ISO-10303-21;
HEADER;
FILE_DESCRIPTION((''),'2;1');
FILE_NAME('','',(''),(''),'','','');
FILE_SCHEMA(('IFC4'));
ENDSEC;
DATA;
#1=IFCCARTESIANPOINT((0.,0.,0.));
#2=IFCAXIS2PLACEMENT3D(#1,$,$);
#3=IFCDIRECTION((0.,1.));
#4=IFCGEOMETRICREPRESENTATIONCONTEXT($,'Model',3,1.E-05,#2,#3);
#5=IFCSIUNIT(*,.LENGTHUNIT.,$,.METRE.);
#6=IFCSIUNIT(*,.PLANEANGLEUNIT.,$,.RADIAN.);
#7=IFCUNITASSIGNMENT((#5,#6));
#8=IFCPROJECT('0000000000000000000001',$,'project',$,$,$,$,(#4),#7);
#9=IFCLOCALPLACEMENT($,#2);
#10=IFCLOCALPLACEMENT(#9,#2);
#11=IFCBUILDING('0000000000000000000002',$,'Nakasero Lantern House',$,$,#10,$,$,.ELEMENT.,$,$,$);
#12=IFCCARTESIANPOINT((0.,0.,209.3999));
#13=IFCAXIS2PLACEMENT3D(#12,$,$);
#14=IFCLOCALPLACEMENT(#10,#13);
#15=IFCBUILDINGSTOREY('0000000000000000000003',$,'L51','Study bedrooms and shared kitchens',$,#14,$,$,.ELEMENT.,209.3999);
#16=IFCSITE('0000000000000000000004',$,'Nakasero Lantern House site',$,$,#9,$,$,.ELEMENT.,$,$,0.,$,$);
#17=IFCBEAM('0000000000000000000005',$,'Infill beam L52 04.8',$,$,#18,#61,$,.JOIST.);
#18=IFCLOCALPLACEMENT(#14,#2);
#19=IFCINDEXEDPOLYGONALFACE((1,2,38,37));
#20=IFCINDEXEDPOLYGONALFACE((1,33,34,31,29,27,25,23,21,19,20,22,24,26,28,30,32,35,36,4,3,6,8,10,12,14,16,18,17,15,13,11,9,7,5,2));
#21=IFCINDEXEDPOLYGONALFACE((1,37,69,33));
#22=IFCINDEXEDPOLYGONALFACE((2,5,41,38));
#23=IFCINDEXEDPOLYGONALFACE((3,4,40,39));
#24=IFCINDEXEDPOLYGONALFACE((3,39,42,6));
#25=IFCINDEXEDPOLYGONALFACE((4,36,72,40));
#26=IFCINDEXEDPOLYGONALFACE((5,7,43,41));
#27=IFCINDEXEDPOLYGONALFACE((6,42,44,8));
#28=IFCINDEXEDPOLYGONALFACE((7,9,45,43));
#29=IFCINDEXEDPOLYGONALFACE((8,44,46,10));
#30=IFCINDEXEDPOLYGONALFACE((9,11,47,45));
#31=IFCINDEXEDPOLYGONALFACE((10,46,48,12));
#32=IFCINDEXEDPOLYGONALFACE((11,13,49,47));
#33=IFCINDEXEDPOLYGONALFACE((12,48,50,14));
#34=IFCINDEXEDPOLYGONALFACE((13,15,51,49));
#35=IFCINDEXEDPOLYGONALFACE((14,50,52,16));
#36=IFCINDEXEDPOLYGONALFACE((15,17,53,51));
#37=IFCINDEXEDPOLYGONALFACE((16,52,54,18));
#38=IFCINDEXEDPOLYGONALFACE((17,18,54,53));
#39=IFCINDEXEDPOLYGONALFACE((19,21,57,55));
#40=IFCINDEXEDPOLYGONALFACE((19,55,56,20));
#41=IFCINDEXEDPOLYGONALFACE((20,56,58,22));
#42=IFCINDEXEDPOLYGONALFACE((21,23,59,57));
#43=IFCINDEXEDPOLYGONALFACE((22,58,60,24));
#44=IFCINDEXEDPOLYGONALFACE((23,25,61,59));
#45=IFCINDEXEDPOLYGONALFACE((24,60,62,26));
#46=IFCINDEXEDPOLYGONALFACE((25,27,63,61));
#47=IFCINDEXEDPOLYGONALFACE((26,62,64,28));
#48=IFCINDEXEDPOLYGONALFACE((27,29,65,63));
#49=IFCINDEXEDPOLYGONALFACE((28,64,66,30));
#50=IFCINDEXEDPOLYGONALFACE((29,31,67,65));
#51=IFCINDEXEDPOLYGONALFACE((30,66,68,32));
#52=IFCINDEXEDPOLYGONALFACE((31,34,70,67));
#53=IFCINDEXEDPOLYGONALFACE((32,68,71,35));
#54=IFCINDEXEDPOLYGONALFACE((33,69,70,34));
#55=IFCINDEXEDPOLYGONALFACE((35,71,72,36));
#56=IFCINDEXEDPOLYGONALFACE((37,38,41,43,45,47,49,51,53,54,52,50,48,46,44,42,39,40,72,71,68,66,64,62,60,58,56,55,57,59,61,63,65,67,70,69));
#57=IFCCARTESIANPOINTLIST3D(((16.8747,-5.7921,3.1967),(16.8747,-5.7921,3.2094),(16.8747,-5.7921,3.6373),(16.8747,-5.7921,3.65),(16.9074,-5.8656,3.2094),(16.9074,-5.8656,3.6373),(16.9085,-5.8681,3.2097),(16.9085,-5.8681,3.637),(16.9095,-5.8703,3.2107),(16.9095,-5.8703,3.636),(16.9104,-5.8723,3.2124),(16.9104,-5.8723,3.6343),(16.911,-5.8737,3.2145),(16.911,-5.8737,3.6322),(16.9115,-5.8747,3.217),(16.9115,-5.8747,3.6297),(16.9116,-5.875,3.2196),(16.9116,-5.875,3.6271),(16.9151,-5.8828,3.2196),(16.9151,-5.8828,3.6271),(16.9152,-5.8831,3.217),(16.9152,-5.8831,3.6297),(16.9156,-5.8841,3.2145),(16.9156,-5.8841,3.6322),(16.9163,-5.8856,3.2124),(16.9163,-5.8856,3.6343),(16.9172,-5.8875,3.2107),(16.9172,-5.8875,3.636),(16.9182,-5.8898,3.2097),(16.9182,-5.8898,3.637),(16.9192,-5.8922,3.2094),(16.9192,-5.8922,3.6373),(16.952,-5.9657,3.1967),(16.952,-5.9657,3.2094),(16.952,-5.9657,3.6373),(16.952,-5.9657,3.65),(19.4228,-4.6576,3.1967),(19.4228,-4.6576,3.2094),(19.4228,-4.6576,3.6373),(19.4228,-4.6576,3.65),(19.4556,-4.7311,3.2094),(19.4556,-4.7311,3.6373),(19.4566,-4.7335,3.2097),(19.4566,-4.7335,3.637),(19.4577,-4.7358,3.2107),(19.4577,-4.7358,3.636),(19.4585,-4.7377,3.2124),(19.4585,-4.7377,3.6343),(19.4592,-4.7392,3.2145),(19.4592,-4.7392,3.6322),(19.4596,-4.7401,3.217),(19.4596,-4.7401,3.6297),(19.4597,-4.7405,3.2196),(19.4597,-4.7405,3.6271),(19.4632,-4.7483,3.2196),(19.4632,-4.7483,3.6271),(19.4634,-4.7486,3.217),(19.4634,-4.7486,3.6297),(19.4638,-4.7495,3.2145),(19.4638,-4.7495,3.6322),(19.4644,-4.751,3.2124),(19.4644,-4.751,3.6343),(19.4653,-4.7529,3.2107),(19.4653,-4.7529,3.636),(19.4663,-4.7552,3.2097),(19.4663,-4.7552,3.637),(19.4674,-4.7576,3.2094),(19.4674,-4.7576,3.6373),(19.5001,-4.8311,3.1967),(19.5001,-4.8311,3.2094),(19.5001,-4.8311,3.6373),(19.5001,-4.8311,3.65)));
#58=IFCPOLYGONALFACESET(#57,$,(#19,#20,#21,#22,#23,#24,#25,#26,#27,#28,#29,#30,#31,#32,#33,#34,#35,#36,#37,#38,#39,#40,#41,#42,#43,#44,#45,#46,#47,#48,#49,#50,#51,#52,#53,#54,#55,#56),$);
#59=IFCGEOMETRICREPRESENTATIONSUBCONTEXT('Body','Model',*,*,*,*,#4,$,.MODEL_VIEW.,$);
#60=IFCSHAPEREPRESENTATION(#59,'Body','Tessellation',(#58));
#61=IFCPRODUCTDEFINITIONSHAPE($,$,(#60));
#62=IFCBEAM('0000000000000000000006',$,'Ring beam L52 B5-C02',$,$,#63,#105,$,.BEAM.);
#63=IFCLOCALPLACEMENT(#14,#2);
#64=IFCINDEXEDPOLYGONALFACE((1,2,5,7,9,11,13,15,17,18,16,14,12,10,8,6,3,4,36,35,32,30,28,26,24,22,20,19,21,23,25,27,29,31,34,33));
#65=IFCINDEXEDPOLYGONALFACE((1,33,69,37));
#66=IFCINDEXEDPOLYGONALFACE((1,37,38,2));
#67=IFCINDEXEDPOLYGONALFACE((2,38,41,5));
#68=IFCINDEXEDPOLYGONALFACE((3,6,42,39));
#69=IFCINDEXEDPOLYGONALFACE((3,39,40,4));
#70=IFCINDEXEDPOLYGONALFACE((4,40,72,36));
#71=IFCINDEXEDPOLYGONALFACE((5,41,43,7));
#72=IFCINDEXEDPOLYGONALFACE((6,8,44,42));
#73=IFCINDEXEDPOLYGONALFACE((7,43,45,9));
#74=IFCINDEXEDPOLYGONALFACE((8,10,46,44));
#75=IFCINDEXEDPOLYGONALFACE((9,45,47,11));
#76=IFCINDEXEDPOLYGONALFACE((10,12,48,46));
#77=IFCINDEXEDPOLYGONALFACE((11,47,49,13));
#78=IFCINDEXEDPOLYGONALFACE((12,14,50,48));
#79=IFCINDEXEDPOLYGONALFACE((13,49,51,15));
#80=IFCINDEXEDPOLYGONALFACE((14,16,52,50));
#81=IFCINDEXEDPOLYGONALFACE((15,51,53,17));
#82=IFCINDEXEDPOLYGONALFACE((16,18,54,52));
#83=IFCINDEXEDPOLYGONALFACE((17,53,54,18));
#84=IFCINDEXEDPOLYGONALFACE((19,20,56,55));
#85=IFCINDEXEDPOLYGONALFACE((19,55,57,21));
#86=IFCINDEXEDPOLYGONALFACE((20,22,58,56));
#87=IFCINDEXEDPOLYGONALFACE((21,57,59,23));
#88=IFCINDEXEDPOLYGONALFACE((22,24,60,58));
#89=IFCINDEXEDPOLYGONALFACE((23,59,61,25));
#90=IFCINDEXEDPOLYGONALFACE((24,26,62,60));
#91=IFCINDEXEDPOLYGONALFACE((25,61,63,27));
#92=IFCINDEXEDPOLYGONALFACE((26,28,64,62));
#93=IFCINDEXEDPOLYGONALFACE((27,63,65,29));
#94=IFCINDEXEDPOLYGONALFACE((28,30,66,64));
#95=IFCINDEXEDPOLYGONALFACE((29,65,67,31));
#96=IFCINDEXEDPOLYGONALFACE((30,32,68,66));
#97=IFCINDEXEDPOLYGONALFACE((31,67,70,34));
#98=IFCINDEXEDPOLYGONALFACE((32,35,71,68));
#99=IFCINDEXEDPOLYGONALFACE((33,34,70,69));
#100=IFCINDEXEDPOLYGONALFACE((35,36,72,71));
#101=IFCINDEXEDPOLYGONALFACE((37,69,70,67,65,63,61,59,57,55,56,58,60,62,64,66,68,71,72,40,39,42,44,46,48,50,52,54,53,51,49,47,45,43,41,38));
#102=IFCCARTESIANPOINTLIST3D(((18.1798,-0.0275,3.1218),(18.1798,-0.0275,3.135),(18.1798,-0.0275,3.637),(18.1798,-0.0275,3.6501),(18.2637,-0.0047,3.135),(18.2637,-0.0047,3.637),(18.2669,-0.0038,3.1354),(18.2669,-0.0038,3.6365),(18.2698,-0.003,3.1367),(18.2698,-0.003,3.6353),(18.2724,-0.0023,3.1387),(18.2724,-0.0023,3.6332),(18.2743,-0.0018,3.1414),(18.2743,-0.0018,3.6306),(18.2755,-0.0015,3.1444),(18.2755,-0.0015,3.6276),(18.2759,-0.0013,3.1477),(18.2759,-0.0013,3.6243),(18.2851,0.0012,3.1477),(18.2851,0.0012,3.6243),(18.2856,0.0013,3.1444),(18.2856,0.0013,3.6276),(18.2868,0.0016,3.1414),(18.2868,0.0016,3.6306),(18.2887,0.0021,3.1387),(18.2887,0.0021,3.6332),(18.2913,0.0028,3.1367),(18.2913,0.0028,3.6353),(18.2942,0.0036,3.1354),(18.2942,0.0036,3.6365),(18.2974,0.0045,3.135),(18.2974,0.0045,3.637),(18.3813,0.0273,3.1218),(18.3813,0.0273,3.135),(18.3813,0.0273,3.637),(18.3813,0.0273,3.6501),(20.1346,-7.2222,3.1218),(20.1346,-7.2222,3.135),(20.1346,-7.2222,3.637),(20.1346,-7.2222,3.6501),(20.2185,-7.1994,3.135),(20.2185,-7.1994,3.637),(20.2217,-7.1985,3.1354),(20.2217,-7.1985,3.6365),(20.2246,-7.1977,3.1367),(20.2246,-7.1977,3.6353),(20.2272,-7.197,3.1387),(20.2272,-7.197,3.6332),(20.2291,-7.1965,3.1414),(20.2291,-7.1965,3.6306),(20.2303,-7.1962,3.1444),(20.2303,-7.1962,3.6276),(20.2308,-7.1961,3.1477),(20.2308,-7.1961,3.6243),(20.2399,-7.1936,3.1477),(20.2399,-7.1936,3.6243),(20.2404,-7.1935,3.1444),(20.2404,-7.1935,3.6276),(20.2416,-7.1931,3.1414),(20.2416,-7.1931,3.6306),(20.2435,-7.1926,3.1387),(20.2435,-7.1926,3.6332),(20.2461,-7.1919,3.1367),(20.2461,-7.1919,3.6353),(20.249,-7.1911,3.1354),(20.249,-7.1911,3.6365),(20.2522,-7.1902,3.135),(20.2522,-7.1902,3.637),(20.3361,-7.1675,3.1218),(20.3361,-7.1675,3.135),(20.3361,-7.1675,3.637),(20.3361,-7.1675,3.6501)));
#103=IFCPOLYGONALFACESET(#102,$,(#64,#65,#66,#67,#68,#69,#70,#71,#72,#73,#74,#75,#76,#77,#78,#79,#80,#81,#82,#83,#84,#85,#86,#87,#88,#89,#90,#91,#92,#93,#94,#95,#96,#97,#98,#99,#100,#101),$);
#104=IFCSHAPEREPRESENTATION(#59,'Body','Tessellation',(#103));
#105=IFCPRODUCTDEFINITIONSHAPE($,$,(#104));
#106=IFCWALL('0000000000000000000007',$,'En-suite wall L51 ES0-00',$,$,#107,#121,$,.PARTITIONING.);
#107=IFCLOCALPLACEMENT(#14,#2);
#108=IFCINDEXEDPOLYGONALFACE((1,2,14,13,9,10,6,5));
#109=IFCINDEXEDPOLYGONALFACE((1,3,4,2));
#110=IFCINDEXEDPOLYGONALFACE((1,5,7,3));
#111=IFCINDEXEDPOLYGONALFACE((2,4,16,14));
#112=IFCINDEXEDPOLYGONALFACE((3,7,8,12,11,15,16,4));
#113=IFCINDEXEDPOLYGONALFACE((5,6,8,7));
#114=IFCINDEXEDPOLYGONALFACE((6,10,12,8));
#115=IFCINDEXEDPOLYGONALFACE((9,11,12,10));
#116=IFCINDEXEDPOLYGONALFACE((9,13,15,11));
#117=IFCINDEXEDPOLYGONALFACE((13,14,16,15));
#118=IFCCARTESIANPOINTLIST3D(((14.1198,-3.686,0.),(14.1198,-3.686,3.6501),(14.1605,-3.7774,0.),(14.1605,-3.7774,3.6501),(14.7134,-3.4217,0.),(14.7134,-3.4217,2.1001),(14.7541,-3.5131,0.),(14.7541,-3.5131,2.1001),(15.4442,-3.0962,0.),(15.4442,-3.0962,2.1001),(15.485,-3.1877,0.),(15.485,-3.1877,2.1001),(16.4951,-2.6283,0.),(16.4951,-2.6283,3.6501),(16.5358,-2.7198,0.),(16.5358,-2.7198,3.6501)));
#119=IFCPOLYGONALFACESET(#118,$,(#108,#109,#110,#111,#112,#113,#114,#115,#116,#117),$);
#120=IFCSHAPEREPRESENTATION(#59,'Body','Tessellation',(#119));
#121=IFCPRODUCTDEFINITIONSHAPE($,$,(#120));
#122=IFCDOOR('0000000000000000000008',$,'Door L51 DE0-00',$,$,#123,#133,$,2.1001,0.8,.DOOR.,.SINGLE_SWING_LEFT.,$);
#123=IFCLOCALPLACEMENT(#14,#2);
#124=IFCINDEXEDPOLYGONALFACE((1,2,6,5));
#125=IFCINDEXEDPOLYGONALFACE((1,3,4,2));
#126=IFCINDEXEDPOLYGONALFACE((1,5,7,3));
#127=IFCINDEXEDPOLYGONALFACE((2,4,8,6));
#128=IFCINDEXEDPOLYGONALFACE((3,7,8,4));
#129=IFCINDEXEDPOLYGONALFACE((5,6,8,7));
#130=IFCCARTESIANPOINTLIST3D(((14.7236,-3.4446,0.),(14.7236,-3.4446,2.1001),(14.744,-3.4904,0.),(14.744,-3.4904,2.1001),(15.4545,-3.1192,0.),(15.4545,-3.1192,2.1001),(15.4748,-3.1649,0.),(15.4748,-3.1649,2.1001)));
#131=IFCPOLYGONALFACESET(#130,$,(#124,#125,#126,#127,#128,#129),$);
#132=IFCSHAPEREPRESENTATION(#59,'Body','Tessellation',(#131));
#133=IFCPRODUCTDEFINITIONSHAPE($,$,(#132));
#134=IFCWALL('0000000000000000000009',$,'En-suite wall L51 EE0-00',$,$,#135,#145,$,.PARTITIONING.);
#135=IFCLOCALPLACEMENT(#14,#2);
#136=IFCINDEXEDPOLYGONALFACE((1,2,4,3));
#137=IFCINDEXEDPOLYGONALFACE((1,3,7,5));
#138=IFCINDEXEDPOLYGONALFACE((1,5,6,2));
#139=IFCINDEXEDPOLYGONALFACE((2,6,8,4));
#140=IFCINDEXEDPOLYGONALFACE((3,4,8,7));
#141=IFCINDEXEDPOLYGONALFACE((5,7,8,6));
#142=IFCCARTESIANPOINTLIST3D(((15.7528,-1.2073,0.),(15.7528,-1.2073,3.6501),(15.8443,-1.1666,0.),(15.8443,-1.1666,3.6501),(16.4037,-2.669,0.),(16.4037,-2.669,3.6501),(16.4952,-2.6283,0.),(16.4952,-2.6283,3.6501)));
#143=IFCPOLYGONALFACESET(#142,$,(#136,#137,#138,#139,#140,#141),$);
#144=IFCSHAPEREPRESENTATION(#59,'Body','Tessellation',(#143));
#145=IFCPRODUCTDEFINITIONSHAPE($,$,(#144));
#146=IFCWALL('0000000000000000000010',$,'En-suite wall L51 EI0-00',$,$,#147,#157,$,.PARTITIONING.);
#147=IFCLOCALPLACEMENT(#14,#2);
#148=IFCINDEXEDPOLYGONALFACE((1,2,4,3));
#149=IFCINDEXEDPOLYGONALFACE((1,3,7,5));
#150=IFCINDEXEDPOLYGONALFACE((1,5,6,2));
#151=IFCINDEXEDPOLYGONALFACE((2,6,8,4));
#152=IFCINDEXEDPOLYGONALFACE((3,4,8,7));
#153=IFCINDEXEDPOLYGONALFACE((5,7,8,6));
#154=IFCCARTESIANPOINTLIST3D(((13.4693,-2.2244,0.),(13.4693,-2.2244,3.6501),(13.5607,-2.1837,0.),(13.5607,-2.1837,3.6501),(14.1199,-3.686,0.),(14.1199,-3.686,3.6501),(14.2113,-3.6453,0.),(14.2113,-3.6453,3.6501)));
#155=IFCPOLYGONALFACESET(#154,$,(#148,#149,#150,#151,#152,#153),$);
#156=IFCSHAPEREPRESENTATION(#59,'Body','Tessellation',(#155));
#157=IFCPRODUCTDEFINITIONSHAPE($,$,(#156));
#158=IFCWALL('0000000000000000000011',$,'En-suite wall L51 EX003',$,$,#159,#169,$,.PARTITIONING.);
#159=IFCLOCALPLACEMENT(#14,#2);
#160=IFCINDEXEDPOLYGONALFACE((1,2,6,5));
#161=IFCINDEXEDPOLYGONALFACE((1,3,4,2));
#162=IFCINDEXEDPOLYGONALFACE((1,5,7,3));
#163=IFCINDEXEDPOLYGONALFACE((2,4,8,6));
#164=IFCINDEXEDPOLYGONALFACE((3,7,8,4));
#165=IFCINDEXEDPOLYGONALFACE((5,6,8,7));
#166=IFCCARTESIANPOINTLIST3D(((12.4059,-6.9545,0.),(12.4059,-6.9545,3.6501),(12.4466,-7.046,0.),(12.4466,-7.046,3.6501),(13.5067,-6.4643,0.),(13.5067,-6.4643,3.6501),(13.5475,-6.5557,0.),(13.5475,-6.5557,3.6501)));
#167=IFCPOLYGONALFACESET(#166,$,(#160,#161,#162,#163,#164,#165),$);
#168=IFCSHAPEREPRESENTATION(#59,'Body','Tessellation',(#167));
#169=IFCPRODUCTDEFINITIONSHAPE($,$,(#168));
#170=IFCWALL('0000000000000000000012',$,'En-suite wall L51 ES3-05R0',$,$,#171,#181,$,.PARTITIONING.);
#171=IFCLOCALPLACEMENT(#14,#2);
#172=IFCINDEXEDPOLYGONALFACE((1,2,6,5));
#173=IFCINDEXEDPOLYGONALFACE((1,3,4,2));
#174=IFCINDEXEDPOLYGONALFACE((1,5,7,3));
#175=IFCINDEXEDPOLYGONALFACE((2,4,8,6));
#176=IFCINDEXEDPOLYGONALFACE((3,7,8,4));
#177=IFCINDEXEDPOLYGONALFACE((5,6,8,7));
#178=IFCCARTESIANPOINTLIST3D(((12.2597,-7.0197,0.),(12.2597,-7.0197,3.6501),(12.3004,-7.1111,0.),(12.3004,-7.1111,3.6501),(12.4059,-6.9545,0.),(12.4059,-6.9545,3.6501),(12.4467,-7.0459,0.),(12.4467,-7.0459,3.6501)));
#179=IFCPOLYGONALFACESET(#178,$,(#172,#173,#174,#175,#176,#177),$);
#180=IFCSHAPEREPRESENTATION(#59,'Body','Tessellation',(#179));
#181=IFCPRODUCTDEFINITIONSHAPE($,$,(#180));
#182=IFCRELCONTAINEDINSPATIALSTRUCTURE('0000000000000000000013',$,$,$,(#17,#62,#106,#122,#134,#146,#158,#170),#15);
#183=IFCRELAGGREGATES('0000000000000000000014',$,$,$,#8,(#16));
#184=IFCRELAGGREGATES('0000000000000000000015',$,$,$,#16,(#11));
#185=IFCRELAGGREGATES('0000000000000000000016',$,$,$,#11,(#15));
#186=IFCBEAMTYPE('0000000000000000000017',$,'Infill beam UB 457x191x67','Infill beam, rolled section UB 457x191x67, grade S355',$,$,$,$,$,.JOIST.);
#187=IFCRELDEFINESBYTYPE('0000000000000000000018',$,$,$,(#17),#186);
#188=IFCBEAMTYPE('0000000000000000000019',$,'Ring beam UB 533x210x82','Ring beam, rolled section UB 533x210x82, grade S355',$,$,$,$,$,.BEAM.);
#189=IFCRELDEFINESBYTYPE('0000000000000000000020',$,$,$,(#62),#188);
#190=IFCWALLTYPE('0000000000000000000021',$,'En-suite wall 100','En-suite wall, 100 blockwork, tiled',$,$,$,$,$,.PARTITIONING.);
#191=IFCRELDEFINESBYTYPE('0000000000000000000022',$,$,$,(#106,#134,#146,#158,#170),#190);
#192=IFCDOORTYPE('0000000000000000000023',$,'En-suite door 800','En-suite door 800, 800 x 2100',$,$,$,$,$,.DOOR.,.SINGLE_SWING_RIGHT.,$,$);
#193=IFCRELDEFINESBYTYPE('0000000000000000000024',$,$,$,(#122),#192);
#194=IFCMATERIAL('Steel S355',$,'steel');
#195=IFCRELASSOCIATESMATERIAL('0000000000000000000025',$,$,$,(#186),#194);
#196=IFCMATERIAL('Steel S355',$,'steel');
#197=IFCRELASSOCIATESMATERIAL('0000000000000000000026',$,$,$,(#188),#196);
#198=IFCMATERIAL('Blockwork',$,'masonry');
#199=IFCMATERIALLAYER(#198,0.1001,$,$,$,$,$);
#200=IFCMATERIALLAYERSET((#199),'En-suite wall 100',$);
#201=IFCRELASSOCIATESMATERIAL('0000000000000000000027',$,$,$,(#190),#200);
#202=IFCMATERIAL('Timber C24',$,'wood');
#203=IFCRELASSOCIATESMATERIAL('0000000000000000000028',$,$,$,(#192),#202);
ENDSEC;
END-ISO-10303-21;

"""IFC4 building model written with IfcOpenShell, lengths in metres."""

from ifc_helpers import new_model, si_unit, direction, frame, frame_2d, origin, origin_2d, place, context, subcontext, project, spatial, rectangle, i_section, extrude, material, layer, layer_set, material_profile, profile_set, type_object, element, fill, save


model = new_model("IFC4")

# Units and contexts
model_context = context("Model", 3, precision=1e-05, world=origin(), true_north=direction((0.0, 1.0)))
body_context = subcontext(model_context, "Body", "Model", "MODEL_VIEW")
ifc_project = project(units=[si_unit("LENGTHUNIT", "METRE"), si_unit("PLANEANGLEUNIT", "RADIAN")], contexts=[model_context])

# Site, building, storey
site_placement = place(None, origin())
site = spatial("IfcSite", under=ifc_project, at=site_placement, Name="Nakasero Lantern House site", CompositionType="ELEMENT", RefElevation=0.0)
building_placement = place(site_placement, origin())
building = spatial("IfcBuilding", under=site, at=building_placement, Name="Nakasero Lantern House", CompositionType="ELEMENT")
storey_placement = place(building_placement, frame((0.0, 0.0, 209.3999)))
storey = spatial("IfcBuildingStorey", under=building, at=storey_placement, Name="L51", Description="Study bedrooms and shared kitchens", CompositionType="ELEMENT", Elevation=209.3999)

# Beams
ifc_material_1 = material(Name="Steel S355", Category="steel")
ifc_material_profile_1 = material_profile(ifc_material_1, i_section(OverallWidth=0.1899, OverallDepth=0.4534, WebThickness=0.0085, FlangeThickness=0.0127, FilletRadius=0.0103, at=origin_2d()), Name="UB 457x191x67")
ifc_profile_set_1 = profile_set([ifc_material_profile_1], Name="Steel S355")
beam_type_1 = type_object("IfcBeamType", Name="Infill beam UB 457x191x67", Description="Infill beam, rolled section UB 457x191x67, grade S355", PredefinedType="JOIST", material=ifc_profile_set_1)
beam_1_placement = place(storey_placement, frame((16.9133, -5.8789, 3.4233), z_axis=(0.913541, 0.406747, 0.0), x_axis=(-0.406747, 0.913541, 0.0)))
element("IfcBeam", 1, at=beam_1_placement, inside=storey, type_object=beam_type_1, Name="Infill beam L52 04.8", PredefinedType="JOIST", context=body_context, shape_type="SweptSolid", body=[
    extrude(i_section(OverallWidth=0.1899, OverallDepth=0.4534, WebThickness=0.0085, FlangeThickness=0.0127, FilletRadius=0.0103, at=origin_2d()), origin(), (0.0, 0.0, 1.0), 2.7893),
])
ifc_material_2 = material(Name="Steel S355", Category="steel")
ifc_material_profile_2 = material_profile(ifc_material_2, i_section(OverallWidth=0.2087, OverallDepth=0.5283, WebThickness=0.0095, FlangeThickness=0.0132, FilletRadius=0.0127, at=origin_2d()), Name="UB 533x210x82")
ifc_profile_set_2 = profile_set([ifc_material_profile_2], Name="Steel S355")
beam_type_2 = type_object("IfcBeamType", Name="Ring beam UB 533x210x82", Description="Ring beam, rolled section UB 533x210x82, grade S355", PredefinedType="BEAM", material=ifc_profile_set_2)
beam_2_placement = place(storey_placement, frame((20.2354, -7.1948, 3.386), z_axis=(-0.262195, 0.965015, 0.0), x_axis=(-0.965015, -0.262195, 0.0)))
element("IfcBeam", 2, at=beam_2_placement, inside=storey, type_object=beam_type_2, Name="Ring beam L52 B5-C02", PredefinedType="BEAM", context=body_context, shape_type="SweptSolid", body=[
    extrude(i_section(OverallWidth=0.2087, OverallDepth=0.5283, WebThickness=0.0095, FlangeThickness=0.0132, FilletRadius=0.0127, at=origin_2d()), origin(), (0.0, 0.0, 1.0), 7.4556),
])

# Wall, opening, door
ifc_material_3 = material(Name="Blockwork", Category="masonry")
ifc_layer_1 = layer(ifc_material_3, 0.1001)
ifc_layer_set_1 = layer_set([ifc_layer_1], Name="En-suite wall 100")
wall_type_1 = type_object("IfcWallType", Name="En-suite wall 100", Description="En-suite wall, 100 blockwork, tiled", PredefinedType="PARTITIONING", material=ifc_layer_set_1)
wall_1_placement = place(storey_placement, frame((14.1401, -3.7317, 0.0), z_axis=(0.0, 0.0, 1.0), x_axis=(0.913533, 0.406766, 0.0)))
wall_1 = element("IfcWall", 3, at=wall_1_placement, inside=storey, type_object=wall_type_1, Name="En-suite wall L51 ES0-00", PredefinedType="PARTITIONING", context=body_context, shape_type="SweptSolid", body=[
    extrude(rectangle(XDim=2.6001, YDim=0.1001, at=frame_2d((1.3, 0.0))), origin(), (0.0, 0.0, 1.0), 3.6501),
])
opening_1_placement = place(wall_1_placement, frame((0.6499, 0.0, 0.0)))
opening_1 = element("IfcOpeningElement", 4, at=opening_1_placement, cuts=wall_1, PredefinedType="OPENING", context=body_context, shape_type="SweptSolid", body=[
    extrude(rectangle(XDim=0.8, YDim=2.1001, at=frame_2d((0.3999, 1.05))), frame((0.0, 0.0701, 0.0), z_axis=(0.0, -1.0, 0.0), x_axis=(1.0, 0.0, 0.0)), (0.0, 0.0, 1.0), 0.1401),
])
ifc_material_4 = material(Name="Timber C24", Category="wood")
door_type_1 = type_object("IfcDoorType", Name="En-suite door 800", Description="En-suite door 800, 800 x 2100", OperationType="SINGLE_SWING_RIGHT", PredefinedType="DOOR", material=ifc_material_4)
door_1_placement = place(opening_1_placement, origin())
door_1 = element("IfcDoor", 5, at=door_1_placement, inside=storey, type_object=door_type_1, Name="Door L51 DE0-00", OperationType="SINGLE_SWING_LEFT", OverallHeight=2.1001, OverallWidth=0.8, PredefinedType="DOOR", context=body_context, shape_type="SweptSolid", body=[
    extrude(rectangle(XDim=0.8, YDim=2.1001, at=frame_2d((0.3999, 1.05))), frame((0.0, 0.0249, 0.0), z_axis=(0.0, -1.0, 0.0), x_axis=(1.0, 0.0, 0.0)), (0.0, 0.0, 1.0), 0.05),
])
fill(opening_1, door_1)

# Walls
wall_2_placement = place(storey_placement, frame((16.4495, -2.6487, 0.0), z_axis=(0.0, 0.0, 1.0), x_axis=(-0.40679, 0.913522, 0.0)))
element("IfcWall", 6, at=wall_2_placement, inside=storey, type_object=wall_type_1, Name="En-suite wall L51 EE0-00", PredefinedType="PARTITIONING", context=body_context, shape_type="SweptSolid", body=[
    extrude(rectangle(XDim=1.6001, YDim=0.1001, at=frame_2d((0.8, 0.0))), origin(), (0.0, 0.0, 1.0), 3.6501),
])
wall_3_placement = place(storey_placement, frame((14.1655, -3.6655, 0.0), z_axis=(0.0, 0.0, 1.0), x_axis=(-0.406662, 0.913579, 0.0)))
element("IfcWall", 7, at=wall_3_placement, inside=storey, type_object=wall_type_1, Name="En-suite wall L51 EI0-00", PredefinedType="PARTITIONING", context=body_context, shape_type="SweptSolid", body=[
    extrude(rectangle(XDim=1.5999, YDim=0.1001, at=frame_2d((0.7998, 0.0))), origin(), (0.0, 0.0, 1.0), 3.6501),
])
wall_4_placement = place(storey_placement, frame((13.5271, -6.51, 0.0), z_axis=(0.0, 0.0, 1.0), x_axis=(-0.913511, -0.406815, 0.0)))
element("IfcWall", 8, at=wall_4_placement, inside=storey, type_object=wall_type_1, Name="En-suite wall L51 EX003", PredefinedType="PARTITIONING", context=body_context, shape_type="SweptSolid", body=[
    extrude(rectangle(XDim=1.2051, YDim=0.1001, at=frame_2d((0.6025, 0.0))), origin(), (0.0, 0.0, 1.0), 3.6501),
])
wall_5_placement = place(storey_placement, frame((12.28, -7.0654, 0.0), z_axis=(0.0, 0.0, 1.0), x_axis=(0.913371, 0.407129, 0.0)))
element("IfcWall", 9, at=wall_5_placement, inside=storey, type_object=wall_type_1, Name="En-suite wall L51 ES3-05R0", PredefinedType="PARTITIONING", context=body_context, shape_type="SweptSolid", body=[
    extrude(rectangle(XDim=0.1602, YDim=0.1001, at=frame_2d((0.0801, 0.0))), origin(), (0.0, 0.0, 1.0), 3.6501),
])

save(model, "model.ifc")
